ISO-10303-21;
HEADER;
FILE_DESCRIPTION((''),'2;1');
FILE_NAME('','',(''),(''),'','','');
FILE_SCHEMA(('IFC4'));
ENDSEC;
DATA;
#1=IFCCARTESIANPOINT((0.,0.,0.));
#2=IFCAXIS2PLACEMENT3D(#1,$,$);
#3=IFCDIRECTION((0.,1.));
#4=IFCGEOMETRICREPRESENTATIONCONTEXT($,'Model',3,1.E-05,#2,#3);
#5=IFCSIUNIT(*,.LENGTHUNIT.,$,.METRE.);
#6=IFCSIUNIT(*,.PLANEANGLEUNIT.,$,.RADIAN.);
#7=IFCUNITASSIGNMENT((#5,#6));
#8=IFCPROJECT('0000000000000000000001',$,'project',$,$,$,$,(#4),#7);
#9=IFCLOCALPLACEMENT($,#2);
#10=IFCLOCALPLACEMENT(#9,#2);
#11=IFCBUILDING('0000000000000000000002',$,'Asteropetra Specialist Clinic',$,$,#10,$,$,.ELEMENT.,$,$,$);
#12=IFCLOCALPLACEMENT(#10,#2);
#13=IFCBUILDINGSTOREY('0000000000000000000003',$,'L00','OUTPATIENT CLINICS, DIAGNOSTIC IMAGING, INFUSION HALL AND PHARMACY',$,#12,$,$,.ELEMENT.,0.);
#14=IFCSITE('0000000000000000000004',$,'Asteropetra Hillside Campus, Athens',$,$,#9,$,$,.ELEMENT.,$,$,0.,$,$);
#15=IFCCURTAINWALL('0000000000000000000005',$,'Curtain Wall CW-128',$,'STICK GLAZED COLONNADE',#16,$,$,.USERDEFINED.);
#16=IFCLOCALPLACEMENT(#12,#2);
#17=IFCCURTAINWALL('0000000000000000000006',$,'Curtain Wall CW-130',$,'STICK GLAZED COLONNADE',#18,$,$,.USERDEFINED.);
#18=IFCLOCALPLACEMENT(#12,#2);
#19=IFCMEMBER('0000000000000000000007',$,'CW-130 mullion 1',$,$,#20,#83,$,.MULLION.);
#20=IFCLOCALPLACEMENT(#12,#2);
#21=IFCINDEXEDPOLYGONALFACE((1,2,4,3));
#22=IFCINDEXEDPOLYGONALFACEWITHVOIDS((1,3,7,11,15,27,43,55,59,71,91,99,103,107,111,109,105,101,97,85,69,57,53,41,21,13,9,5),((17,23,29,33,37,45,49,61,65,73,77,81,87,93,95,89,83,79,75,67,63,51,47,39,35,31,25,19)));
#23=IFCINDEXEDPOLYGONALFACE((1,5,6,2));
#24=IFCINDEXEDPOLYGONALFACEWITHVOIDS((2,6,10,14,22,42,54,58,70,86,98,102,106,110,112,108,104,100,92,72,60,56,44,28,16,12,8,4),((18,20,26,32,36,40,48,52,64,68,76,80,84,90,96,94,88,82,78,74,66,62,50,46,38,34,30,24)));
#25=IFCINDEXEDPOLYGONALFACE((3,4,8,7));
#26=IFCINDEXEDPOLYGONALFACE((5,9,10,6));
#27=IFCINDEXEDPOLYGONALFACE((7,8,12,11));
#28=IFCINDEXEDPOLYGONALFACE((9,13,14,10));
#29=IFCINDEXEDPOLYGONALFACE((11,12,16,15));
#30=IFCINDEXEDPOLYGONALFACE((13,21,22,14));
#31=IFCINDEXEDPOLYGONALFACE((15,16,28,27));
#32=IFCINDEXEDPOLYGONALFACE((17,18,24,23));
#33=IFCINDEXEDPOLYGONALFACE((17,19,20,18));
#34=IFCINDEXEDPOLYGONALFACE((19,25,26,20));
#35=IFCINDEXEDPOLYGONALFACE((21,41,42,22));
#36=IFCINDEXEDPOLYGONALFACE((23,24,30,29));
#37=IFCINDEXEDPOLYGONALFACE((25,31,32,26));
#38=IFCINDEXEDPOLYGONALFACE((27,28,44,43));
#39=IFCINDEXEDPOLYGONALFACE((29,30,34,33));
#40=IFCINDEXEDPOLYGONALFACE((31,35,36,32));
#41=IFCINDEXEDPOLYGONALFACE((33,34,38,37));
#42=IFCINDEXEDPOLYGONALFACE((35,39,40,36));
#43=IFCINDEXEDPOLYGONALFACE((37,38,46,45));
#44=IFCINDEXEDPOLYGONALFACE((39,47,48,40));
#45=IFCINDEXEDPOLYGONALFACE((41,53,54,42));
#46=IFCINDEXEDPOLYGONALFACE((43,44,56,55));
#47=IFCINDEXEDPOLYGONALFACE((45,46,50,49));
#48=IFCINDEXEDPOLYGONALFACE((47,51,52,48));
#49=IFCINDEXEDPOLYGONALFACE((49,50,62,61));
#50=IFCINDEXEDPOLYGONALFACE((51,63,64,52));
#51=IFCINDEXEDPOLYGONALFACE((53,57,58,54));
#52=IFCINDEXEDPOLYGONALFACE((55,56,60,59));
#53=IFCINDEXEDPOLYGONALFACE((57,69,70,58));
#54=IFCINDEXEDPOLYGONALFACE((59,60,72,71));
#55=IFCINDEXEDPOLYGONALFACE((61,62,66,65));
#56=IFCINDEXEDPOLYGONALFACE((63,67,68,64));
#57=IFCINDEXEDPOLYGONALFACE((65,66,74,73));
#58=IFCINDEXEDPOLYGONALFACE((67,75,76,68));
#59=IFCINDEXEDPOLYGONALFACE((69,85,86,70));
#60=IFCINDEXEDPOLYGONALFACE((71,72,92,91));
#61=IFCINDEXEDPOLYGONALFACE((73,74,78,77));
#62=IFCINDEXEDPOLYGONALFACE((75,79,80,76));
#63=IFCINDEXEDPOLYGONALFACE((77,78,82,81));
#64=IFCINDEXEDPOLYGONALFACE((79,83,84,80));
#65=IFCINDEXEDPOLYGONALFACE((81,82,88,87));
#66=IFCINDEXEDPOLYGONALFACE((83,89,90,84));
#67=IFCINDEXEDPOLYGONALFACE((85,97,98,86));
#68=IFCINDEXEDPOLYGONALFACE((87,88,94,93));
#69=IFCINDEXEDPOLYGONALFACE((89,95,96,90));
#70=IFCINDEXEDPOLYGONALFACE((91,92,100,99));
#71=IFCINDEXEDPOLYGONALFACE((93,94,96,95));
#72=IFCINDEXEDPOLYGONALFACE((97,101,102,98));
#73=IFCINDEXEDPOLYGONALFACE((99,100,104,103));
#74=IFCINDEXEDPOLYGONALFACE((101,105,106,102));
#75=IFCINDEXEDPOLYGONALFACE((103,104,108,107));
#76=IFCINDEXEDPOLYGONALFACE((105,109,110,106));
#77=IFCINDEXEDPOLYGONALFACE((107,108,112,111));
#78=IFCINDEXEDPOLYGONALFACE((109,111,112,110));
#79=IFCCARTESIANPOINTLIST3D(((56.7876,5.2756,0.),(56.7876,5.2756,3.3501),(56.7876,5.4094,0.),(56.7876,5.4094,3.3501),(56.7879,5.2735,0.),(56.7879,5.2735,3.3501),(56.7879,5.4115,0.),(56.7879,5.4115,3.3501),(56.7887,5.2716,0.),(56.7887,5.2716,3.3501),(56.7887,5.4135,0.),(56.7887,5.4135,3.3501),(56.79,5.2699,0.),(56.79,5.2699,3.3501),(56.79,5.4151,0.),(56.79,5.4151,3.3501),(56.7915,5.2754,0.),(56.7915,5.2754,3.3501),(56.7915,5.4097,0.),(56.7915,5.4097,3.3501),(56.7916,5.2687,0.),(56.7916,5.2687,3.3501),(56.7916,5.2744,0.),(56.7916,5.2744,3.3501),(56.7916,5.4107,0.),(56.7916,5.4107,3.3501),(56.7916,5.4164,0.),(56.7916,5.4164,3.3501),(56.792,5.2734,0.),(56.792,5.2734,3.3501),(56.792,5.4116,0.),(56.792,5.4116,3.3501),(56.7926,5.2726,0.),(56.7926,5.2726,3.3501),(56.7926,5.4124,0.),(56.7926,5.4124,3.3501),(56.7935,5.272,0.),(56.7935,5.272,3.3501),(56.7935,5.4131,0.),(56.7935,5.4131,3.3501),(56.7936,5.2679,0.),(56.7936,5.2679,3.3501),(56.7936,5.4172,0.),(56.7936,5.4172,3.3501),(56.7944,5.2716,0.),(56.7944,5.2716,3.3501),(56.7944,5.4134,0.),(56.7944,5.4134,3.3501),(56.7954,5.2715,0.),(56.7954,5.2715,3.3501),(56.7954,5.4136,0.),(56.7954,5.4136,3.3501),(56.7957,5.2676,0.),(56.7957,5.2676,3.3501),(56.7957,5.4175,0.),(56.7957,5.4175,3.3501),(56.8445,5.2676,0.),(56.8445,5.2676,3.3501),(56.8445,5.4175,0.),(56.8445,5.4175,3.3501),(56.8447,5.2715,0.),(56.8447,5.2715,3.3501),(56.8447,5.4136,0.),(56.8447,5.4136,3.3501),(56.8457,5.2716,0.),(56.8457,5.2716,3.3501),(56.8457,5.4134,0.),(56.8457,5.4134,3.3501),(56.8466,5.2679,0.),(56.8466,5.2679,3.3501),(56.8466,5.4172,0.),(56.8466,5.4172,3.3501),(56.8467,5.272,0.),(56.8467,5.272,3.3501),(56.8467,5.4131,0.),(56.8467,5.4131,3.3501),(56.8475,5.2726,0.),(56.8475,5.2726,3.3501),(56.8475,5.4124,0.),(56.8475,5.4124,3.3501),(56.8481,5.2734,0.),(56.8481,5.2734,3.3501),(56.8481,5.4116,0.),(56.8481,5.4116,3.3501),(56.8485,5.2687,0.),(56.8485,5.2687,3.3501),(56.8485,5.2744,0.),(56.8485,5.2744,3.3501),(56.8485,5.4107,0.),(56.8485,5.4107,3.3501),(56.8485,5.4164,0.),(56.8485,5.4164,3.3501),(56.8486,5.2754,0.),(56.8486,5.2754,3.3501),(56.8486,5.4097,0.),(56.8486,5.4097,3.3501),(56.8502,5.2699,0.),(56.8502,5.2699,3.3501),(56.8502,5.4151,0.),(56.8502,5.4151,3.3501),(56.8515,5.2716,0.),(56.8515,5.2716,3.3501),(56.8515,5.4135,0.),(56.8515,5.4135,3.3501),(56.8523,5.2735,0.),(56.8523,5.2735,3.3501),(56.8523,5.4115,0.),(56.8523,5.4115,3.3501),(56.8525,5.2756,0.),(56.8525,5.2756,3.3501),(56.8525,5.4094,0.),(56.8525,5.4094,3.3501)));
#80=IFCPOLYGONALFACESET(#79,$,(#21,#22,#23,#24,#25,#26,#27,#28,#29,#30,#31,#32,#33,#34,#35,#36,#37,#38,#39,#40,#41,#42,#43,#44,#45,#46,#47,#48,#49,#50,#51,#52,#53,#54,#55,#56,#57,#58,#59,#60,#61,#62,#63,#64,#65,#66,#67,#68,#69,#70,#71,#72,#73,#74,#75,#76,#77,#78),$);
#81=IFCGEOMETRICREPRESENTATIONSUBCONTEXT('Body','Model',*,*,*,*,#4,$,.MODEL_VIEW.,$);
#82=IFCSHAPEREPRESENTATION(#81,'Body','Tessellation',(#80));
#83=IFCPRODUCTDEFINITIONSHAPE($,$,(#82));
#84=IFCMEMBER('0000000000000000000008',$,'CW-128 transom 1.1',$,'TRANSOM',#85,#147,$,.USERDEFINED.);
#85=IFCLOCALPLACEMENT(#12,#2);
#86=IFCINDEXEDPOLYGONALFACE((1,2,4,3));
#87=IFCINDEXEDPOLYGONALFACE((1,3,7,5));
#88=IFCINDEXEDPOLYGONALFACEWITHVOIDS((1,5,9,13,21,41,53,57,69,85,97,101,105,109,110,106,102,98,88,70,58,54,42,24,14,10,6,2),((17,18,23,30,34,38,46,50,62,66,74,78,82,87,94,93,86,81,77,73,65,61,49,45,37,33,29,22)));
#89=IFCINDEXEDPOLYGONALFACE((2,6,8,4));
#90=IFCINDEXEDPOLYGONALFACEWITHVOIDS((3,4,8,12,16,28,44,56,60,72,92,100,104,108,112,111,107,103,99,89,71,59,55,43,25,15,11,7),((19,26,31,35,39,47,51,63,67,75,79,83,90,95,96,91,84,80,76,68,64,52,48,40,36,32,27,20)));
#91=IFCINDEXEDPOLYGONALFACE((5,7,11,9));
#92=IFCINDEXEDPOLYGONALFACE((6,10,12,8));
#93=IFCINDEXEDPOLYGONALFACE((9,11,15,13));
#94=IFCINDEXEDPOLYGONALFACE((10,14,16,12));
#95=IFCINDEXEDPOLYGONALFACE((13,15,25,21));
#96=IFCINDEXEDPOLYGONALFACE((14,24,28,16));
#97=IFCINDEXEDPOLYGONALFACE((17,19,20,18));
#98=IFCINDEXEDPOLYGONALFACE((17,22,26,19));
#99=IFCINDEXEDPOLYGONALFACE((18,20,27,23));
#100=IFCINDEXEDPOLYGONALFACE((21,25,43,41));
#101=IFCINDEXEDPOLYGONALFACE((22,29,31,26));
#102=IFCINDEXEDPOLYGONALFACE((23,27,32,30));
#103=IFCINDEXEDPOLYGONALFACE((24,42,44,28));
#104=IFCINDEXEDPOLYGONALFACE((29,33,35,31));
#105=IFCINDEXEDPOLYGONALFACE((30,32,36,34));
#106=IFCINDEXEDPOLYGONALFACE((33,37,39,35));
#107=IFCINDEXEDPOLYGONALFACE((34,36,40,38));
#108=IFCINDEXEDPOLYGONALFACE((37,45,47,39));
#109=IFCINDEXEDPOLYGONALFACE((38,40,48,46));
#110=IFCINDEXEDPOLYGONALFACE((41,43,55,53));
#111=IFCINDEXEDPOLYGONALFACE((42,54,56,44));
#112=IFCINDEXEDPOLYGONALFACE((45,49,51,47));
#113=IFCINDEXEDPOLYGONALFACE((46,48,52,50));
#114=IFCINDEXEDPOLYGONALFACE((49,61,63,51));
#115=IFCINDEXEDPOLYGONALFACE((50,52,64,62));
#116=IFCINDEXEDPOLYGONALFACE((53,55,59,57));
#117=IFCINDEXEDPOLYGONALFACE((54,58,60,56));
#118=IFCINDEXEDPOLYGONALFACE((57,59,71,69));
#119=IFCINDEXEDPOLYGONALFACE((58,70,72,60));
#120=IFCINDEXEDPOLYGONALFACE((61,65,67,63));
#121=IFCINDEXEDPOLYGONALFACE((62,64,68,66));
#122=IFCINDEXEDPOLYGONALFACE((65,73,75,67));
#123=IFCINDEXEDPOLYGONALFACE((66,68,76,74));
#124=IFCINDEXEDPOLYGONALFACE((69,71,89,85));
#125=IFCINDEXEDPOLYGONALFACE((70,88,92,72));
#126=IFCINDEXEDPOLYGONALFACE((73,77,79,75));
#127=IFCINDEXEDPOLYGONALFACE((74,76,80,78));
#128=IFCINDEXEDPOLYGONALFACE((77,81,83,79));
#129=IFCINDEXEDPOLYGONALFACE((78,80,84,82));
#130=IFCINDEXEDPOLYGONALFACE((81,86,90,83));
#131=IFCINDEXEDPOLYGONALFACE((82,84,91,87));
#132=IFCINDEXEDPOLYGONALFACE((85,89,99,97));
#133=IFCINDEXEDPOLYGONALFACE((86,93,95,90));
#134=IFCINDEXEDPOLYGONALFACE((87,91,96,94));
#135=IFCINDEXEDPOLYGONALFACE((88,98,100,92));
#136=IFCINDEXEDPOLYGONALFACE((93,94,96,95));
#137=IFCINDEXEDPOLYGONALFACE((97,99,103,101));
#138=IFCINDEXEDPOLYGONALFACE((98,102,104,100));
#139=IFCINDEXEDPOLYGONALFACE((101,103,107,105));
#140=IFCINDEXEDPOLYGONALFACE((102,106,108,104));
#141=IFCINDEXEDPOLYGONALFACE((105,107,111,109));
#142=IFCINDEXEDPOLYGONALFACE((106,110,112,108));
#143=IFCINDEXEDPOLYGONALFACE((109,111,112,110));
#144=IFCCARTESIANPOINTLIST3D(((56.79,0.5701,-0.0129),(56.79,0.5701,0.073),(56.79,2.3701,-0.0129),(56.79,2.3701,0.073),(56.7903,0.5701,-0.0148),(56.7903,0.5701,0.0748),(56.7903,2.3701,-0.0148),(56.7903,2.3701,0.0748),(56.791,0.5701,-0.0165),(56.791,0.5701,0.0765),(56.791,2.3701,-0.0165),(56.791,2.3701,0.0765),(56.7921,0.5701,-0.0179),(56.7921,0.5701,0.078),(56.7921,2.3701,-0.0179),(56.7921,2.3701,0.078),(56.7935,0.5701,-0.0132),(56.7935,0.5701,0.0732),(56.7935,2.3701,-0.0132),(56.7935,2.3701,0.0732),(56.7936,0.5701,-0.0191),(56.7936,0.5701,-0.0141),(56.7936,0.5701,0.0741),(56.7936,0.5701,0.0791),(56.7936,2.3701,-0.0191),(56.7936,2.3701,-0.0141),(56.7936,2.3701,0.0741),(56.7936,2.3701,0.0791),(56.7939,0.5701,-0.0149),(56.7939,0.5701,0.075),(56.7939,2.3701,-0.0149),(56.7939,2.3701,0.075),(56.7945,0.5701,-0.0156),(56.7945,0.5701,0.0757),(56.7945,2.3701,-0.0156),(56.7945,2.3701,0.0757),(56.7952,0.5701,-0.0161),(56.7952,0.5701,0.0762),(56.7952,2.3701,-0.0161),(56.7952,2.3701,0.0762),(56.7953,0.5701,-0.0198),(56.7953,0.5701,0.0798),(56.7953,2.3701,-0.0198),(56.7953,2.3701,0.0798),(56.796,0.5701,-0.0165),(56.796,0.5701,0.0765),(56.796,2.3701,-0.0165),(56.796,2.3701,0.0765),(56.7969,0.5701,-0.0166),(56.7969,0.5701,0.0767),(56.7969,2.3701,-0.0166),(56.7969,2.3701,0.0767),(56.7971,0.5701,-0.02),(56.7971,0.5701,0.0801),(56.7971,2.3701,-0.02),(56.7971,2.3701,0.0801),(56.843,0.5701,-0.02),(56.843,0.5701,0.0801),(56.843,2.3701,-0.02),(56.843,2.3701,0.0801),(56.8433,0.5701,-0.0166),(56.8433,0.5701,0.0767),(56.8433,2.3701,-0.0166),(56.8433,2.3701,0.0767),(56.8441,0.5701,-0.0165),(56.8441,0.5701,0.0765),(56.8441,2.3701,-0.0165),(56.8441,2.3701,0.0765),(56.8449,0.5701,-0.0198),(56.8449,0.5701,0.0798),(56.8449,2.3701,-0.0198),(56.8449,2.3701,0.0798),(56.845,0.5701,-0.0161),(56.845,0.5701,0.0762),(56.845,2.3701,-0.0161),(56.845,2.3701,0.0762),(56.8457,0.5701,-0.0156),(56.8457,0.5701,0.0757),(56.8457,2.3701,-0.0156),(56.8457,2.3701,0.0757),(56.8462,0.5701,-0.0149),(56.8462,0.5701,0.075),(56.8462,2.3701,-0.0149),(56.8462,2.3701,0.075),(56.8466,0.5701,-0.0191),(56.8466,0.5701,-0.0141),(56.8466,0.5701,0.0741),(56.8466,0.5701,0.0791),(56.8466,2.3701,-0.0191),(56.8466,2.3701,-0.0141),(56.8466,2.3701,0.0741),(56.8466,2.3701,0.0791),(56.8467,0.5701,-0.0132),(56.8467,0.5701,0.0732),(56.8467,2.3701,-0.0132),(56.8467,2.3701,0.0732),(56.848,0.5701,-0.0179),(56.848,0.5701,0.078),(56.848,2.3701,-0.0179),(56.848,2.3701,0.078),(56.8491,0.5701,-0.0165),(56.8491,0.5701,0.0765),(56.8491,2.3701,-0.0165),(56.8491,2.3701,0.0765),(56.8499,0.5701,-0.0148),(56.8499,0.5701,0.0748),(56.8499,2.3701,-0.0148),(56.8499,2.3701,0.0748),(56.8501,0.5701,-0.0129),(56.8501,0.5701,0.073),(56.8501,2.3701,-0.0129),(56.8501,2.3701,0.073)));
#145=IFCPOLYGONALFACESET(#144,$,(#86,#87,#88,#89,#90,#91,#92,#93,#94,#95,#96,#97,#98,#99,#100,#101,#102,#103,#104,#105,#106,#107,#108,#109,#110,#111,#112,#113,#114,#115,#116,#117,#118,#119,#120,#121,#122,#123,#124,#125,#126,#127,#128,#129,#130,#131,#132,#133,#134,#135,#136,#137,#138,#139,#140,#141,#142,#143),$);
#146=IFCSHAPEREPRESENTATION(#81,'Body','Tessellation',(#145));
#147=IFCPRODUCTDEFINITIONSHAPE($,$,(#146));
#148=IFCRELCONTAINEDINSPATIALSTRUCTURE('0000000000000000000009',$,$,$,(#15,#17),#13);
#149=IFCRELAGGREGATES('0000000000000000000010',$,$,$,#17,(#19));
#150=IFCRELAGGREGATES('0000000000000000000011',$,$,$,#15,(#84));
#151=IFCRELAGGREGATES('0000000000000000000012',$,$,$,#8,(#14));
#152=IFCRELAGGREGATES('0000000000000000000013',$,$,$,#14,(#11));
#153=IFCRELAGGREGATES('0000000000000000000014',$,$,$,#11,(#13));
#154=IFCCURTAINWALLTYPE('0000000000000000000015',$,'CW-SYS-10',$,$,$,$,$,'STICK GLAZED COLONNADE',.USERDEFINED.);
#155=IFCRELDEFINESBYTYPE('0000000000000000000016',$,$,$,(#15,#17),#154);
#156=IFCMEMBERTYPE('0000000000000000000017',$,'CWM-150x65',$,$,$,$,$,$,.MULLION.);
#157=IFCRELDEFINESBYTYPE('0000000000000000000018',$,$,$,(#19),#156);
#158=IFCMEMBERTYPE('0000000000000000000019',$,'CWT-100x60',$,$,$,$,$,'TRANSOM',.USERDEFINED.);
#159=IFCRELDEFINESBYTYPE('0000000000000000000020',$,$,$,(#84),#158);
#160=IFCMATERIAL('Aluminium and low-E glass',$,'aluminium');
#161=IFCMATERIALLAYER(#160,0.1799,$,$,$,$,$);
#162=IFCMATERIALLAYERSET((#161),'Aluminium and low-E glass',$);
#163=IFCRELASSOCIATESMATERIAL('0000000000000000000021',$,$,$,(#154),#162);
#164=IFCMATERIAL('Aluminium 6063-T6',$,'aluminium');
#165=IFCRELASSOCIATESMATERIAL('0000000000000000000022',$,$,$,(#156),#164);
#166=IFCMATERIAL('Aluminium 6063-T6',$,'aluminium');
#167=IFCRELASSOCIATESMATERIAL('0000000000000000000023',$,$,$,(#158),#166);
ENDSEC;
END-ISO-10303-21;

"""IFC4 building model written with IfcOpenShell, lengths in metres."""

from ifc_helpers import new_model, si_unit, direction, frame, origin, origin_2d, place, context, subcontext, project, spatial, hollow_rectangle, extrude, material, layer, layer_set, material_profile, profile_set, type_object, element, aggregate, save


model = new_model("IFC4")

# Units and contexts
model_context = context("Model", 3, precision=1e-05, world=origin(), true_north=direction((0.0, 1.0)))
body_context = subcontext(model_context, "Body", "Model", "MODEL_VIEW")
ifc_project = project(units=[si_unit("LENGTHUNIT", "METRE"), si_unit("PLANEANGLEUNIT", "RADIAN")], contexts=[model_context])

# Site, building, storey
site_placement = place(None, origin())
site = spatial("IfcSite", under=ifc_project, at=site_placement, Name="Asteropetra Hillside Campus, Athens", CompositionType="ELEMENT", RefElevation=0.0)
building_placement = place(site_placement, origin())
building = spatial("IfcBuilding", under=site, at=building_placement, Name="Asteropetra Specialist Clinic", CompositionType="ELEMENT")
storey_placement = place(building_placement, origin())
storey = spatial("IfcBuildingStorey", under=building, at=storey_placement, Name="L00", Description="OUTPATIENT CLINICS, DIAGNOSTIC IMAGING, INFUSION HALL AND PHARMACY", CompositionType="ELEMENT", Elevation=0.0)

# Curtain wall
ifc_material_1 = material(Name="Aluminium and low-E glass", Category="aluminium")
ifc_layer_1 = layer(ifc_material_1, 0.1799)
ifc_layer_set_1 = layer_set([ifc_layer_1], Name="Aluminium and low-E glass")
curtain_wall_type = type_object("IfcCurtainWallType", Name="CW-SYS-10", ElementType="STICK GLAZED COLONNADE", PredefinedType="USERDEFINED", material=ifc_layer_set_1)
curtain_wall_1_placement = place(storey_placement, origin())
curtain_wall_1 = element("IfcCurtainWall", 1, at=curtain_wall_1_placement, inside=storey, type_object=curtain_wall_type, Name="Curtain Wall CW-128", ObjectType="STICK GLAZED COLONNADE", PredefinedType="USERDEFINED")

# Curtain wall, member
curtain_wall_2_placement = place(storey_placement, origin())
curtain_wall_2 = element("IfcCurtainWall", 2, at=curtain_wall_2_placement, inside=storey, type_object=curtain_wall_type, Name="Curtain Wall CW-130", ObjectType="STICK GLAZED COLONNADE", PredefinedType="USERDEFINED")
ifc_material_2 = material(Name="Aluminium 6063-T6", Category="aluminium")
ifc_material_profile_1 = material_profile(ifc_material_2, hollow_rectangle(XDim=0.0649, YDim=0.1499, WallThickness=0.0039, InnerFilletRadius=0.0039, OuterFilletRadius=0.0081, at=origin_2d()), Name="MUL 150x65x4.0")
ifc_profile_set_1 = profile_set([ifc_material_profile_1], Name="Aluminium 6063-T6")
member_type_1 = type_object("IfcMemberType", Name="CWM-150x65", PredefinedType="MULLION", material=ifc_profile_set_1)
member_1_placement = place(storey_placement, frame((56.8201, 5.3425, 0.0), z_axis=(0.0, 0.0, 1.0), x_axis=(-1.0, 0.0, 0.0)))
member_1 = element("IfcMember", 3, at=member_1_placement, type_object=member_type_1, Name="CW-130 mullion 1", PredefinedType="MULLION", context=body_context, shape_type="SweptSolid", body=[
    extrude(hollow_rectangle(XDim=0.0649, YDim=0.1499, WallThickness=0.0039, InnerFilletRadius=0.0039, OuterFilletRadius=0.0081, at=origin_2d()), origin(), (0.0, 0.0, 1.0), 3.3501),
])

# Member
ifc_material_3 = material(Name="Aluminium 6063-T6", Category="aluminium")
ifc_material_profile_2 = material_profile(ifc_material_3, hollow_rectangle(XDim=0.0601, YDim=0.1001, WallThickness=0.0034, InnerFilletRadius=0.0034, OuterFilletRadius=0.0071, at=origin_2d()), Name="TRN 100x60x3.5")
ifc_profile_set_2 = profile_set([ifc_material_profile_2], Name="Aluminium 6063-T6")
member_type_2 = type_object("IfcMemberType", Name="CWT-100x60", ElementType="TRANSOM", PredefinedType="USERDEFINED", material=ifc_profile_set_2)
member_2_placement = place(storey_placement, frame((56.8201, 0.5701, 0.03), z_axis=(0.0, 1.0, 0.0), x_axis=(-1.0, 0.0, 0.0)))
member_2 = element("IfcMember", 4, at=member_2_placement, type_object=member_type_2, Name="CW-128 transom 1.1", ObjectType="TRANSOM", PredefinedType="USERDEFINED", context=body_context, shape_type="SweptSolid", body=[
    extrude(hollow_rectangle(XDim=0.0601, YDim=0.1001, WallThickness=0.0034, InnerFilletRadius=0.0034, OuterFilletRadius=0.0071, at=origin_2d()), origin(), (0.0, 0.0, 1.0), 1.8),
])
aggregate(curtain_wall_2, [member_1])

aggregate(curtain_wall_1, [member_2])

save(model, "model.ifc")
